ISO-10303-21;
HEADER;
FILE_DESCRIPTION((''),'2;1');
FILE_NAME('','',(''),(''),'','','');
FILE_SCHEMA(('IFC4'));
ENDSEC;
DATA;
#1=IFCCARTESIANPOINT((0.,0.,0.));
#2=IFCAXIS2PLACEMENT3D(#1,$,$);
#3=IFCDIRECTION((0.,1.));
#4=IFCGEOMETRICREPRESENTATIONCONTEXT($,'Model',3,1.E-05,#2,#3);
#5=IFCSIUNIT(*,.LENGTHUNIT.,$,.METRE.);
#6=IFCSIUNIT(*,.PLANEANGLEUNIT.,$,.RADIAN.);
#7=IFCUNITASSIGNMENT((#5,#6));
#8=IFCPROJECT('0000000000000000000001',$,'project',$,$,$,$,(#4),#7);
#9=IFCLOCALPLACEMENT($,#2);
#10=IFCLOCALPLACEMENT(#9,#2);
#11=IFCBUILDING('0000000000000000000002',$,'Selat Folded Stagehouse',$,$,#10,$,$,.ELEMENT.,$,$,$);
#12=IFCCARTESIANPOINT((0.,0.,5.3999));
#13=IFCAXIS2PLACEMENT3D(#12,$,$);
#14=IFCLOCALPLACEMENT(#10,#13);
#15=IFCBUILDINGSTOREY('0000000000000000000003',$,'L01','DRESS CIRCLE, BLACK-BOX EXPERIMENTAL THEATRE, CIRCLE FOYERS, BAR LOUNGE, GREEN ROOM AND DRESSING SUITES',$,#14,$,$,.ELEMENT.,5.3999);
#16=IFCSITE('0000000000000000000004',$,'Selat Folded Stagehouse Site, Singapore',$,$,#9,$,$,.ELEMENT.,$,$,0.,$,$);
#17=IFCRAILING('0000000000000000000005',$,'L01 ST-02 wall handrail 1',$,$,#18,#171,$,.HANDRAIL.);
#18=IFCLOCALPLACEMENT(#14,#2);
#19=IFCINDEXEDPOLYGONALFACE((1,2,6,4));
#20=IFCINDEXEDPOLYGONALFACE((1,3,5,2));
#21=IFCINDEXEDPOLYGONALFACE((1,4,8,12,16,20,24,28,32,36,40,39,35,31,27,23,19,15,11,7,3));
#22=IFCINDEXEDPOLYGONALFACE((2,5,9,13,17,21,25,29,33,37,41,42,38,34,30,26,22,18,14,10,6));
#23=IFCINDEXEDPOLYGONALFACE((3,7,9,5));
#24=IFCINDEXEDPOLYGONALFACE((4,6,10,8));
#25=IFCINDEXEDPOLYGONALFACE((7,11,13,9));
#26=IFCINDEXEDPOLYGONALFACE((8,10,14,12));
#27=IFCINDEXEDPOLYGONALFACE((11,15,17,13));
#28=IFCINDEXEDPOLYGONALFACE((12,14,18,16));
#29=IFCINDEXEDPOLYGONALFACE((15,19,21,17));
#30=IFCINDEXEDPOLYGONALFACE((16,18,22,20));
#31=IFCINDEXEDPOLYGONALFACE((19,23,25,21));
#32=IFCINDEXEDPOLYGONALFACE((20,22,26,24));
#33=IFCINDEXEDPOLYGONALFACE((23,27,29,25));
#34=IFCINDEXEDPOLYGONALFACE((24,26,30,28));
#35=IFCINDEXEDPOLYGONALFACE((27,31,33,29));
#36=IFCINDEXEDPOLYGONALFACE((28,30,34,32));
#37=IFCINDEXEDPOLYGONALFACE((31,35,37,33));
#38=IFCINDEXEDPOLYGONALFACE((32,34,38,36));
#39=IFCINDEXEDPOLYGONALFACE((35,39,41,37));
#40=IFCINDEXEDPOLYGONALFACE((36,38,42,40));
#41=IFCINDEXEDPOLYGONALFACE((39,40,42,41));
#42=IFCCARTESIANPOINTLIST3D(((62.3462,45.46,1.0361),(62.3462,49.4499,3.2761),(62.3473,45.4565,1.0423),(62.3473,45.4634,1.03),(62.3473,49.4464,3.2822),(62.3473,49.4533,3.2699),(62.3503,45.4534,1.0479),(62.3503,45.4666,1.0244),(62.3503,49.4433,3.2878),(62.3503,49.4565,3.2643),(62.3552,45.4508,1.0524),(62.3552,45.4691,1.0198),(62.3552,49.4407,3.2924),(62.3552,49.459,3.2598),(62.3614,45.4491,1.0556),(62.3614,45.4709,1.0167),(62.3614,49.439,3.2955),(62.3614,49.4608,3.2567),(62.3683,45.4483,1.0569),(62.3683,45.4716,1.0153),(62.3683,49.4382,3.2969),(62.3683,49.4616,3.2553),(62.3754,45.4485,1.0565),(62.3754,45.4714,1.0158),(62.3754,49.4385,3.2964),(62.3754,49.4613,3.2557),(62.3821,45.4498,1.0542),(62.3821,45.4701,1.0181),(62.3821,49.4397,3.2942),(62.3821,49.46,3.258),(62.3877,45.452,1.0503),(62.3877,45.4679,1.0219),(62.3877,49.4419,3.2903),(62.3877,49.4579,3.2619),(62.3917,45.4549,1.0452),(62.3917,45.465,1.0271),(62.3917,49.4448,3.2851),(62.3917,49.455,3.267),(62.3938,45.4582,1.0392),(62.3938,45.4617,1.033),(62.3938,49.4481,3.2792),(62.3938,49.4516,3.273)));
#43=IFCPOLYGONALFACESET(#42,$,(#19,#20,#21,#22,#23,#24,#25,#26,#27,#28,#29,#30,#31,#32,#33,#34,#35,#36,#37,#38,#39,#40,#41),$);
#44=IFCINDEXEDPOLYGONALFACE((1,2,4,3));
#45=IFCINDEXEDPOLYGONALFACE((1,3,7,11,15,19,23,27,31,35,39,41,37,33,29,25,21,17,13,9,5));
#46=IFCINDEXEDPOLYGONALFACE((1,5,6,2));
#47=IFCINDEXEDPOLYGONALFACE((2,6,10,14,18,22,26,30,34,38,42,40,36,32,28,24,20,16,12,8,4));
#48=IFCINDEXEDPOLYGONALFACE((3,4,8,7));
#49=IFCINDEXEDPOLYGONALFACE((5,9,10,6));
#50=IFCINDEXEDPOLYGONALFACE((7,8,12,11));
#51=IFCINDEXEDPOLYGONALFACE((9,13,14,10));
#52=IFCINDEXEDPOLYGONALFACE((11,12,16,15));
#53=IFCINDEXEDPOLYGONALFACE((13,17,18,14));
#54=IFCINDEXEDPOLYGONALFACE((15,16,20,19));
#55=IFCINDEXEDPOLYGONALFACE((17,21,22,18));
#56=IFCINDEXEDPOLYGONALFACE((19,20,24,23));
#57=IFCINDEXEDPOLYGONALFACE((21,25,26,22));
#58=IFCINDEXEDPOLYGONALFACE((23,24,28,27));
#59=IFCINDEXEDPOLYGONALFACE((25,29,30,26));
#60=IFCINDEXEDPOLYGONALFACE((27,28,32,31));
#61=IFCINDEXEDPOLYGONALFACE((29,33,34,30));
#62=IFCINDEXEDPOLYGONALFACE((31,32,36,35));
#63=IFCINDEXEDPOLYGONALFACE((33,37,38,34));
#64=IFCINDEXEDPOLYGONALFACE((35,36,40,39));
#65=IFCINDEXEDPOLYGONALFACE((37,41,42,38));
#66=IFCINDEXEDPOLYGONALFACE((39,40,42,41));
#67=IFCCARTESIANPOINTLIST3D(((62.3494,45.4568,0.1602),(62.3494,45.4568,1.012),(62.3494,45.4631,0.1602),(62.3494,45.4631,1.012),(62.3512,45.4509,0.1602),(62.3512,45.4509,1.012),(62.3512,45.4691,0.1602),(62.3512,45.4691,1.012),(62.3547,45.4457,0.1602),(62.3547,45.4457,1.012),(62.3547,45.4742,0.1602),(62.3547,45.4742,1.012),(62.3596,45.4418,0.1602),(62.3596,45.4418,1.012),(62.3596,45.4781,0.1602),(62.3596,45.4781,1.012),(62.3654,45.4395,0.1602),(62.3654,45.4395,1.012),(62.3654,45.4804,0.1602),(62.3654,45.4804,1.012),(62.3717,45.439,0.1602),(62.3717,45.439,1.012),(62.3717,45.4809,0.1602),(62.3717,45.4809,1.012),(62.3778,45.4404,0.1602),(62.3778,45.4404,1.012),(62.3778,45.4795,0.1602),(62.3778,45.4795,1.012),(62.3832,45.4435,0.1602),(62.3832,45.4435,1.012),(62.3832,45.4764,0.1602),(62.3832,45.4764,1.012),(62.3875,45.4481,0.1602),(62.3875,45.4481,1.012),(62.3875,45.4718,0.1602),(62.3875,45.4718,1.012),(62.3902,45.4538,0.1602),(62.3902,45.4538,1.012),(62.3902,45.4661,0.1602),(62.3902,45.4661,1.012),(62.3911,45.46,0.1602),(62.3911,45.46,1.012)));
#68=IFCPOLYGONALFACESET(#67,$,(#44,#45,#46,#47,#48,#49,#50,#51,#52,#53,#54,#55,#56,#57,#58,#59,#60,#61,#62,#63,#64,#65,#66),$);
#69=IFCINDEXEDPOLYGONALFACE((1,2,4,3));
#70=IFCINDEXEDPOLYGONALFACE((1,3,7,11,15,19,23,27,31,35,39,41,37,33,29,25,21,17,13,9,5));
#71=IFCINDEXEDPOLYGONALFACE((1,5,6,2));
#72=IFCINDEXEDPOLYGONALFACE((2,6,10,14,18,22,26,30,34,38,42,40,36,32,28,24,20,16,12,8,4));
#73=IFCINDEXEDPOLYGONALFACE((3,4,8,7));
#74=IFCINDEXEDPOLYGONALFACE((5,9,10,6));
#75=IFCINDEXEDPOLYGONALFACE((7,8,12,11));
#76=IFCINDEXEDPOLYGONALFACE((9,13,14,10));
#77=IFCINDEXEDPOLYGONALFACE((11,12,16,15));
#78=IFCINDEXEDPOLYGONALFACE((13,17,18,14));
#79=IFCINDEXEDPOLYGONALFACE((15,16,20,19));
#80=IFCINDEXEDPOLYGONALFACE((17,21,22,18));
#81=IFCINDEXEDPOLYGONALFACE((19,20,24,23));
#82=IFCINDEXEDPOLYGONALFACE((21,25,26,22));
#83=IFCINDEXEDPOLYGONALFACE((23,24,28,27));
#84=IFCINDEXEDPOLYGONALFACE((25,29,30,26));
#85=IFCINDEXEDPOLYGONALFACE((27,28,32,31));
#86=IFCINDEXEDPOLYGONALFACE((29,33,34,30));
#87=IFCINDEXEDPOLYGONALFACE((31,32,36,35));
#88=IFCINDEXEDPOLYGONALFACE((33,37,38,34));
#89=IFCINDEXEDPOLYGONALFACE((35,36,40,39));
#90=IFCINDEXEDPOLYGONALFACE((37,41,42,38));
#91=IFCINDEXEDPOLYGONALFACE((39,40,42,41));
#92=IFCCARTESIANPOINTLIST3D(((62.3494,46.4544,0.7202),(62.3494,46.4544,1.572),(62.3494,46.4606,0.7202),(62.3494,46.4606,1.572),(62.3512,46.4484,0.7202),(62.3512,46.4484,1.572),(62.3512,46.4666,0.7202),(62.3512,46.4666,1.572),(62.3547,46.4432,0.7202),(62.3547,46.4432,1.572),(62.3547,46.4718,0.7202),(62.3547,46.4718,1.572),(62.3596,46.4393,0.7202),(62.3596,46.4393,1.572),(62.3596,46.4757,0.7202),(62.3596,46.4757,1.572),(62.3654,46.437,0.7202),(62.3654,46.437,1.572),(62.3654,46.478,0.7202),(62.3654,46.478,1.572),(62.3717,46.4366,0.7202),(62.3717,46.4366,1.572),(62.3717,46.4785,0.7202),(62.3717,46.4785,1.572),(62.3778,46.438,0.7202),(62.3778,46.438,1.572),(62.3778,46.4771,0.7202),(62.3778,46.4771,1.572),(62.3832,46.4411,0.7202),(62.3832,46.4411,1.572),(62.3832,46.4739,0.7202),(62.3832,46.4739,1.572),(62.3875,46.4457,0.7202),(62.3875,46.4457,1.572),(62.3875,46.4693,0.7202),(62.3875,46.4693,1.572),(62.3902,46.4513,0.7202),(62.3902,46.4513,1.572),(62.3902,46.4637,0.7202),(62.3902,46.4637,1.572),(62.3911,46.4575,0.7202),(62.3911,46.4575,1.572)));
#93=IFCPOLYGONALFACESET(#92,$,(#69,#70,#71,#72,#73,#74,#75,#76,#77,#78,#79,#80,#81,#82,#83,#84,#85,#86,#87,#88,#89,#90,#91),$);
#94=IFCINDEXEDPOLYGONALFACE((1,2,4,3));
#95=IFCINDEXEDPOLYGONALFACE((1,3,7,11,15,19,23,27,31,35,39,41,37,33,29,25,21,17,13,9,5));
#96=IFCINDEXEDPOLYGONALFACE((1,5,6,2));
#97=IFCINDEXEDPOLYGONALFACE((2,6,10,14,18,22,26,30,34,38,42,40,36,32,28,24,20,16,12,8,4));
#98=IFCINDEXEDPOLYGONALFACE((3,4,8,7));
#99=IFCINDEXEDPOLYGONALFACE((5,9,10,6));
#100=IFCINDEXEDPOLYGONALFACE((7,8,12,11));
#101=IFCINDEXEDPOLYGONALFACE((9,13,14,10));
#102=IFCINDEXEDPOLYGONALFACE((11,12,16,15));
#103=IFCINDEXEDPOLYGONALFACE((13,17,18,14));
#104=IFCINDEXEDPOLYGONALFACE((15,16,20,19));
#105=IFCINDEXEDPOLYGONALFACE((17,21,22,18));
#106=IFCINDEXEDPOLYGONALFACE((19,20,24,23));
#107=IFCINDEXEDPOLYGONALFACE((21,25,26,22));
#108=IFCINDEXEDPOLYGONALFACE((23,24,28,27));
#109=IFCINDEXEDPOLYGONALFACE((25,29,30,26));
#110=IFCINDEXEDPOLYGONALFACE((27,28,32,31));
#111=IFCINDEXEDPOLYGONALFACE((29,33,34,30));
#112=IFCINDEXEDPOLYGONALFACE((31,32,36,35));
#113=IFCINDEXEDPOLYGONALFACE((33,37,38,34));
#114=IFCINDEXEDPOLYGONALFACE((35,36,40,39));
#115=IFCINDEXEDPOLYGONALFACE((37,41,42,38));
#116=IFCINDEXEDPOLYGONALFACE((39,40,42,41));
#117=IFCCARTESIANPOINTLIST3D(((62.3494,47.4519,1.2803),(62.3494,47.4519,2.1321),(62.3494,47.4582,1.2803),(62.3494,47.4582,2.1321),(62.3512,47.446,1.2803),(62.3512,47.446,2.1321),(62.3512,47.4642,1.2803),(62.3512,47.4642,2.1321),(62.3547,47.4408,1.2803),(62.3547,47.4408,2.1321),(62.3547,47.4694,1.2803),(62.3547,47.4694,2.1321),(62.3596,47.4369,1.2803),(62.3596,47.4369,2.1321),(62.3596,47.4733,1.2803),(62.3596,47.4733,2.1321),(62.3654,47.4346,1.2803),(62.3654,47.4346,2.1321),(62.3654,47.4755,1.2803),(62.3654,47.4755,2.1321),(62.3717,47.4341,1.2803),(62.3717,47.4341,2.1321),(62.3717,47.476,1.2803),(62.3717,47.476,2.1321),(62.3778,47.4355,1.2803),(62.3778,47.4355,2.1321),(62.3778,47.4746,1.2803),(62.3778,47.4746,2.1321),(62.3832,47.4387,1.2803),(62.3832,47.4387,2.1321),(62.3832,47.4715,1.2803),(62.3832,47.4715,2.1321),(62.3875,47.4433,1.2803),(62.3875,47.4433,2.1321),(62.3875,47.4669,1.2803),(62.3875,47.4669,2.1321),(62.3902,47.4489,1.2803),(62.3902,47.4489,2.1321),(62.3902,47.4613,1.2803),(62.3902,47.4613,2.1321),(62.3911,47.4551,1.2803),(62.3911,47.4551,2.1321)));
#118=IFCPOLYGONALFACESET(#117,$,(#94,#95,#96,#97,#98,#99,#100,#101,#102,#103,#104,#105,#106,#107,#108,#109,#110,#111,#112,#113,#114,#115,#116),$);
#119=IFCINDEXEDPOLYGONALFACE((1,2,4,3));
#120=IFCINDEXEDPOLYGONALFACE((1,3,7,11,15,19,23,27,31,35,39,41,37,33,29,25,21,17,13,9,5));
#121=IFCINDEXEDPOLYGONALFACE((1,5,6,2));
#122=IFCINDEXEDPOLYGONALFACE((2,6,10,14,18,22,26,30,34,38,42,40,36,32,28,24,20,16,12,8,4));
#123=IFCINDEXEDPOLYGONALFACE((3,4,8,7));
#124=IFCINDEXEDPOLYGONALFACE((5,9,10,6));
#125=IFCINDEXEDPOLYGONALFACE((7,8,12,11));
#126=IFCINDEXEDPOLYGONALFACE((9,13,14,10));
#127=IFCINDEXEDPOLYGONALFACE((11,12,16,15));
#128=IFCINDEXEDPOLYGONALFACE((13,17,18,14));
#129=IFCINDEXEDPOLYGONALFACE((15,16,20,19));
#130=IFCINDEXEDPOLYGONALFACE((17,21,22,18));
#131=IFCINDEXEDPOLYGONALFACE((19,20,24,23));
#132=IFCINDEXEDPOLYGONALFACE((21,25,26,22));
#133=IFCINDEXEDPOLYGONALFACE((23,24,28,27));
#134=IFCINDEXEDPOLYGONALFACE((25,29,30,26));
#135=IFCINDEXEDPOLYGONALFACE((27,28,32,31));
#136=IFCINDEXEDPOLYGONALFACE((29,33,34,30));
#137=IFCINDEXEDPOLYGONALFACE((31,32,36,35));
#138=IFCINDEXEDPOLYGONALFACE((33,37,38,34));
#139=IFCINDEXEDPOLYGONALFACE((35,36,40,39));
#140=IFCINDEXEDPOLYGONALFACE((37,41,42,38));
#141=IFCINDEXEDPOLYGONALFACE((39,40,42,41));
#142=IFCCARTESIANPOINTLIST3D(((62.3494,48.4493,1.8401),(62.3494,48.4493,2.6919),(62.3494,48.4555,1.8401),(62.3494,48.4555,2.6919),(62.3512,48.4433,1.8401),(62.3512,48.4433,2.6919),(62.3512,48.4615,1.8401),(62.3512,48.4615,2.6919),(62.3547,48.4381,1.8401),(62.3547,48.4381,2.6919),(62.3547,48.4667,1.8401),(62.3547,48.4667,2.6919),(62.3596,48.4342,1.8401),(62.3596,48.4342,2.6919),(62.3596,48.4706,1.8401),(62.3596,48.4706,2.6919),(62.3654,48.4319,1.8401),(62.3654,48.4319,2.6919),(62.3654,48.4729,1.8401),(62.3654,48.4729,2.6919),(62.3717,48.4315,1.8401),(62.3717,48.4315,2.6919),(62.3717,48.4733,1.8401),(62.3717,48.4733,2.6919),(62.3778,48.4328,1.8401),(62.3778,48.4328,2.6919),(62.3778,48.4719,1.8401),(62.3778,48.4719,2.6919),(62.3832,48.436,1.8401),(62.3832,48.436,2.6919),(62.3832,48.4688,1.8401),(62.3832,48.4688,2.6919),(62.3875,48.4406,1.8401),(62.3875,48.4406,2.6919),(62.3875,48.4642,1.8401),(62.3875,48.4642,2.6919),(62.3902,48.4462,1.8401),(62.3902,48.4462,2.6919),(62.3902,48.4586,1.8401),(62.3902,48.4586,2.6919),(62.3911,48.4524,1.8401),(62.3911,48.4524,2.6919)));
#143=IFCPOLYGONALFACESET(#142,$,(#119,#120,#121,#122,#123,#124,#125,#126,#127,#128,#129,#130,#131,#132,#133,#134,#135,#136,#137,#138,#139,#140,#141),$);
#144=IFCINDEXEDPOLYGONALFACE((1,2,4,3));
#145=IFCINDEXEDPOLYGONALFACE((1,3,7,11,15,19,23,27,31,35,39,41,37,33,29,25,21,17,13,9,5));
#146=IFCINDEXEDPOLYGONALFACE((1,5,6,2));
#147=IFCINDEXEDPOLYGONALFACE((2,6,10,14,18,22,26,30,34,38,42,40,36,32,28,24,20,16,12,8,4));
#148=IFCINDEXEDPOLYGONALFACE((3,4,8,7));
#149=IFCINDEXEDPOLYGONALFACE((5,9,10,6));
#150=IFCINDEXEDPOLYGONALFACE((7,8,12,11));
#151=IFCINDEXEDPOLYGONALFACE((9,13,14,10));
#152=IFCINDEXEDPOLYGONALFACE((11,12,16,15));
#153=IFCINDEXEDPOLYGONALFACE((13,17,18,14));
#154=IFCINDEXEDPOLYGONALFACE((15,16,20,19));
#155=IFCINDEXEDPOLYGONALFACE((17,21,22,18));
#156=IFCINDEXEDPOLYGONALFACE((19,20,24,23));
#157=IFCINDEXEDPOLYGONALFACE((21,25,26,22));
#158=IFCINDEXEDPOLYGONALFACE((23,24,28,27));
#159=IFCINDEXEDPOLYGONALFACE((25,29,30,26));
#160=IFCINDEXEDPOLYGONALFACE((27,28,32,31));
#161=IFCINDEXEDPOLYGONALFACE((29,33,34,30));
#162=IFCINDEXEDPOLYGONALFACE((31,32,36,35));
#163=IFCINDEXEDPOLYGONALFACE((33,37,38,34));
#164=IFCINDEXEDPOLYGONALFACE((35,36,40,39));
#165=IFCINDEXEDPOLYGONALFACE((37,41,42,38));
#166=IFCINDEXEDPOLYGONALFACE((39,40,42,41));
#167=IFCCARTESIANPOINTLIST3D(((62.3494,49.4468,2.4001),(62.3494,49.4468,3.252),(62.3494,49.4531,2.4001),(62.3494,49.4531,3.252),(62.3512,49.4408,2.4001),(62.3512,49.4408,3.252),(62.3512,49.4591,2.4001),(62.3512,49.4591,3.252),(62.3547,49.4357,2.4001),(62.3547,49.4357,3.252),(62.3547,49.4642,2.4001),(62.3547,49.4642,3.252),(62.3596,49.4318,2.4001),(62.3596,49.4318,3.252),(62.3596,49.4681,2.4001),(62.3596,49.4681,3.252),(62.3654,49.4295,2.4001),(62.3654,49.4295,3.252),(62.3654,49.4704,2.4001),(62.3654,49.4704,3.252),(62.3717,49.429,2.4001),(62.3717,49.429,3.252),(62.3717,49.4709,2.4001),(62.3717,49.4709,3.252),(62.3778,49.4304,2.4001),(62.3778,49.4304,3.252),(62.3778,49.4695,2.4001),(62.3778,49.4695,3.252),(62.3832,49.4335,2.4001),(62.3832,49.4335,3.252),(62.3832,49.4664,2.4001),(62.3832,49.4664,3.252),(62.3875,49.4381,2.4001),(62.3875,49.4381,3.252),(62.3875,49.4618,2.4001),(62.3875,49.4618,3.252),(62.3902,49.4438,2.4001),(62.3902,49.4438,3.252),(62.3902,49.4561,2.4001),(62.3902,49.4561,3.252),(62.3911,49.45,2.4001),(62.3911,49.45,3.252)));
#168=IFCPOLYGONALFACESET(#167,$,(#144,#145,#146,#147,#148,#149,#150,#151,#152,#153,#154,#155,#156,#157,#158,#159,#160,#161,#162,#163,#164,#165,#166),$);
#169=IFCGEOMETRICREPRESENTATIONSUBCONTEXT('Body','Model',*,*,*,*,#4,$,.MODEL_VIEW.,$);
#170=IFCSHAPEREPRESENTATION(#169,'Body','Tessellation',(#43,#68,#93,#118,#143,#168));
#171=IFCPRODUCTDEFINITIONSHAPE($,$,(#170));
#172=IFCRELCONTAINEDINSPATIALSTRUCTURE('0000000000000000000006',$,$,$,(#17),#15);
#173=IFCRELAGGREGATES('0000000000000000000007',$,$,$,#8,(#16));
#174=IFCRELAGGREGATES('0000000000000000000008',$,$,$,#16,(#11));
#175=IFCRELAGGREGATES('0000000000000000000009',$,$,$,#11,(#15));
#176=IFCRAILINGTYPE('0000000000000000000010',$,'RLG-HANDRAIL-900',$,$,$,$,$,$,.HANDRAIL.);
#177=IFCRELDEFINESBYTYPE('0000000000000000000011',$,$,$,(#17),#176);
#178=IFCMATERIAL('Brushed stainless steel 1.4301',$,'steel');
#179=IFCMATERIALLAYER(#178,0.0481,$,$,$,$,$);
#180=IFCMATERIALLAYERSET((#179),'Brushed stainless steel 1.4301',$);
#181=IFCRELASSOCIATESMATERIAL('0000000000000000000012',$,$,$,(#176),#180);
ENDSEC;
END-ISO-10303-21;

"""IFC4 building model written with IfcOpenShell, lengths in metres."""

from ifc_helpers import new_model, si_unit, direction, frame, origin, origin_2d, place, context, subcontext, project, spatial, circle, extrude, material, layer, layer_set, type_object, element, save


model = new_model("IFC4")

# Units and contexts
model_context = context("Model", 3, precision=1e-05, world=origin(), true_north=direction((0.0, 1.0)))
body_context = subcontext(model_context, "Body", "Model", "MODEL_VIEW")
ifc_project = project(units=[si_unit("LENGTHUNIT", "METRE"), si_unit("PLANEANGLEUNIT", "RADIAN")], contexts=[model_context])

# Site, building, storey
site_placement = place(None, origin())
site = spatial("IfcSite", under=ifc_project, at=site_placement, Name="Selat Folded Stagehouse Site, Singapore", CompositionType="ELEMENT", RefElevation=0.0)
building_placement = place(site_placement, origin())
building = spatial("IfcBuilding", under=site, at=building_placement, Name="Selat Folded Stagehouse", CompositionType="ELEMENT")
storey_placement = place(building_placement, frame((0.0, 0.0, 5.3999)))
storey = spatial("IfcBuildingStorey", under=building, at=storey_placement, Name="L01", Description="DRESS CIRCLE, BLACK-BOX EXPERIMENTAL THEATRE, CIRCLE FOYERS, BAR LOUNGE, GREEN ROOM AND DRESSING SUITES", CompositionType="ELEMENT", Elevation=5.3999)

# Railing
ifc_material_1 = material(Name="Brushed stainless steel 1.4301", Category="steel")
ifc_layer_1 = layer(ifc_material_1, 0.0481)
ifc_layer_set_1 = layer_set([ifc_layer_1], Name="Brushed stainless steel 1.4301")
railing_type_1 = type_object("IfcRailingType", Name="RLG-HANDRAIL-900", PredefinedType="HANDRAIL", material=ifc_layer_set_1)
railing_1_placement = place(storey_placement, frame((62.3701, 45.46, 0.1602)))
element("IfcRailing", 1, at=railing_1_placement, inside=storey, type_object=railing_type_1, Name="L01 ST-02 wall handrail 1", PredefinedType="HANDRAIL", context=body_context, shape_type="SweptSolid", body=[
    extrude(circle(Radius=0.0239, at=origin_2d()), frame((0.0, 0.0, 0.876), z_axis=(0.0, 0.871984, 0.489534), x_axis=(-1.0, 0.0, 0.0)), (0.0, 0.0, 1.0), 4.5757),
    extrude(circle(Radius=0.021, at=origin_2d()), origin(), (0.0, 0.0, 1.0), 0.8518),
    extrude(circle(Radius=0.021, at=origin_2d()), frame((0.0, 0.9976, 0.5601)), (0.0, 0.0, 1.0), 0.8518),
    extrude(circle(Radius=0.021, at=origin_2d()), frame((0.0, 1.9951, 1.1201)), (0.0, 0.0, 1.0), 0.8518),
    extrude(circle(Radius=0.021, at=origin_2d()), frame((0.0, 2.9924, 1.6799)), (0.0, 0.0, 1.0), 0.8518),
    extrude(circle(Radius=0.021, at=origin_2d()), frame((0.0, 3.99, 2.24)), (0.0, 0.0, 1.0), 0.8518),
])

save(model, "model.ifc")
